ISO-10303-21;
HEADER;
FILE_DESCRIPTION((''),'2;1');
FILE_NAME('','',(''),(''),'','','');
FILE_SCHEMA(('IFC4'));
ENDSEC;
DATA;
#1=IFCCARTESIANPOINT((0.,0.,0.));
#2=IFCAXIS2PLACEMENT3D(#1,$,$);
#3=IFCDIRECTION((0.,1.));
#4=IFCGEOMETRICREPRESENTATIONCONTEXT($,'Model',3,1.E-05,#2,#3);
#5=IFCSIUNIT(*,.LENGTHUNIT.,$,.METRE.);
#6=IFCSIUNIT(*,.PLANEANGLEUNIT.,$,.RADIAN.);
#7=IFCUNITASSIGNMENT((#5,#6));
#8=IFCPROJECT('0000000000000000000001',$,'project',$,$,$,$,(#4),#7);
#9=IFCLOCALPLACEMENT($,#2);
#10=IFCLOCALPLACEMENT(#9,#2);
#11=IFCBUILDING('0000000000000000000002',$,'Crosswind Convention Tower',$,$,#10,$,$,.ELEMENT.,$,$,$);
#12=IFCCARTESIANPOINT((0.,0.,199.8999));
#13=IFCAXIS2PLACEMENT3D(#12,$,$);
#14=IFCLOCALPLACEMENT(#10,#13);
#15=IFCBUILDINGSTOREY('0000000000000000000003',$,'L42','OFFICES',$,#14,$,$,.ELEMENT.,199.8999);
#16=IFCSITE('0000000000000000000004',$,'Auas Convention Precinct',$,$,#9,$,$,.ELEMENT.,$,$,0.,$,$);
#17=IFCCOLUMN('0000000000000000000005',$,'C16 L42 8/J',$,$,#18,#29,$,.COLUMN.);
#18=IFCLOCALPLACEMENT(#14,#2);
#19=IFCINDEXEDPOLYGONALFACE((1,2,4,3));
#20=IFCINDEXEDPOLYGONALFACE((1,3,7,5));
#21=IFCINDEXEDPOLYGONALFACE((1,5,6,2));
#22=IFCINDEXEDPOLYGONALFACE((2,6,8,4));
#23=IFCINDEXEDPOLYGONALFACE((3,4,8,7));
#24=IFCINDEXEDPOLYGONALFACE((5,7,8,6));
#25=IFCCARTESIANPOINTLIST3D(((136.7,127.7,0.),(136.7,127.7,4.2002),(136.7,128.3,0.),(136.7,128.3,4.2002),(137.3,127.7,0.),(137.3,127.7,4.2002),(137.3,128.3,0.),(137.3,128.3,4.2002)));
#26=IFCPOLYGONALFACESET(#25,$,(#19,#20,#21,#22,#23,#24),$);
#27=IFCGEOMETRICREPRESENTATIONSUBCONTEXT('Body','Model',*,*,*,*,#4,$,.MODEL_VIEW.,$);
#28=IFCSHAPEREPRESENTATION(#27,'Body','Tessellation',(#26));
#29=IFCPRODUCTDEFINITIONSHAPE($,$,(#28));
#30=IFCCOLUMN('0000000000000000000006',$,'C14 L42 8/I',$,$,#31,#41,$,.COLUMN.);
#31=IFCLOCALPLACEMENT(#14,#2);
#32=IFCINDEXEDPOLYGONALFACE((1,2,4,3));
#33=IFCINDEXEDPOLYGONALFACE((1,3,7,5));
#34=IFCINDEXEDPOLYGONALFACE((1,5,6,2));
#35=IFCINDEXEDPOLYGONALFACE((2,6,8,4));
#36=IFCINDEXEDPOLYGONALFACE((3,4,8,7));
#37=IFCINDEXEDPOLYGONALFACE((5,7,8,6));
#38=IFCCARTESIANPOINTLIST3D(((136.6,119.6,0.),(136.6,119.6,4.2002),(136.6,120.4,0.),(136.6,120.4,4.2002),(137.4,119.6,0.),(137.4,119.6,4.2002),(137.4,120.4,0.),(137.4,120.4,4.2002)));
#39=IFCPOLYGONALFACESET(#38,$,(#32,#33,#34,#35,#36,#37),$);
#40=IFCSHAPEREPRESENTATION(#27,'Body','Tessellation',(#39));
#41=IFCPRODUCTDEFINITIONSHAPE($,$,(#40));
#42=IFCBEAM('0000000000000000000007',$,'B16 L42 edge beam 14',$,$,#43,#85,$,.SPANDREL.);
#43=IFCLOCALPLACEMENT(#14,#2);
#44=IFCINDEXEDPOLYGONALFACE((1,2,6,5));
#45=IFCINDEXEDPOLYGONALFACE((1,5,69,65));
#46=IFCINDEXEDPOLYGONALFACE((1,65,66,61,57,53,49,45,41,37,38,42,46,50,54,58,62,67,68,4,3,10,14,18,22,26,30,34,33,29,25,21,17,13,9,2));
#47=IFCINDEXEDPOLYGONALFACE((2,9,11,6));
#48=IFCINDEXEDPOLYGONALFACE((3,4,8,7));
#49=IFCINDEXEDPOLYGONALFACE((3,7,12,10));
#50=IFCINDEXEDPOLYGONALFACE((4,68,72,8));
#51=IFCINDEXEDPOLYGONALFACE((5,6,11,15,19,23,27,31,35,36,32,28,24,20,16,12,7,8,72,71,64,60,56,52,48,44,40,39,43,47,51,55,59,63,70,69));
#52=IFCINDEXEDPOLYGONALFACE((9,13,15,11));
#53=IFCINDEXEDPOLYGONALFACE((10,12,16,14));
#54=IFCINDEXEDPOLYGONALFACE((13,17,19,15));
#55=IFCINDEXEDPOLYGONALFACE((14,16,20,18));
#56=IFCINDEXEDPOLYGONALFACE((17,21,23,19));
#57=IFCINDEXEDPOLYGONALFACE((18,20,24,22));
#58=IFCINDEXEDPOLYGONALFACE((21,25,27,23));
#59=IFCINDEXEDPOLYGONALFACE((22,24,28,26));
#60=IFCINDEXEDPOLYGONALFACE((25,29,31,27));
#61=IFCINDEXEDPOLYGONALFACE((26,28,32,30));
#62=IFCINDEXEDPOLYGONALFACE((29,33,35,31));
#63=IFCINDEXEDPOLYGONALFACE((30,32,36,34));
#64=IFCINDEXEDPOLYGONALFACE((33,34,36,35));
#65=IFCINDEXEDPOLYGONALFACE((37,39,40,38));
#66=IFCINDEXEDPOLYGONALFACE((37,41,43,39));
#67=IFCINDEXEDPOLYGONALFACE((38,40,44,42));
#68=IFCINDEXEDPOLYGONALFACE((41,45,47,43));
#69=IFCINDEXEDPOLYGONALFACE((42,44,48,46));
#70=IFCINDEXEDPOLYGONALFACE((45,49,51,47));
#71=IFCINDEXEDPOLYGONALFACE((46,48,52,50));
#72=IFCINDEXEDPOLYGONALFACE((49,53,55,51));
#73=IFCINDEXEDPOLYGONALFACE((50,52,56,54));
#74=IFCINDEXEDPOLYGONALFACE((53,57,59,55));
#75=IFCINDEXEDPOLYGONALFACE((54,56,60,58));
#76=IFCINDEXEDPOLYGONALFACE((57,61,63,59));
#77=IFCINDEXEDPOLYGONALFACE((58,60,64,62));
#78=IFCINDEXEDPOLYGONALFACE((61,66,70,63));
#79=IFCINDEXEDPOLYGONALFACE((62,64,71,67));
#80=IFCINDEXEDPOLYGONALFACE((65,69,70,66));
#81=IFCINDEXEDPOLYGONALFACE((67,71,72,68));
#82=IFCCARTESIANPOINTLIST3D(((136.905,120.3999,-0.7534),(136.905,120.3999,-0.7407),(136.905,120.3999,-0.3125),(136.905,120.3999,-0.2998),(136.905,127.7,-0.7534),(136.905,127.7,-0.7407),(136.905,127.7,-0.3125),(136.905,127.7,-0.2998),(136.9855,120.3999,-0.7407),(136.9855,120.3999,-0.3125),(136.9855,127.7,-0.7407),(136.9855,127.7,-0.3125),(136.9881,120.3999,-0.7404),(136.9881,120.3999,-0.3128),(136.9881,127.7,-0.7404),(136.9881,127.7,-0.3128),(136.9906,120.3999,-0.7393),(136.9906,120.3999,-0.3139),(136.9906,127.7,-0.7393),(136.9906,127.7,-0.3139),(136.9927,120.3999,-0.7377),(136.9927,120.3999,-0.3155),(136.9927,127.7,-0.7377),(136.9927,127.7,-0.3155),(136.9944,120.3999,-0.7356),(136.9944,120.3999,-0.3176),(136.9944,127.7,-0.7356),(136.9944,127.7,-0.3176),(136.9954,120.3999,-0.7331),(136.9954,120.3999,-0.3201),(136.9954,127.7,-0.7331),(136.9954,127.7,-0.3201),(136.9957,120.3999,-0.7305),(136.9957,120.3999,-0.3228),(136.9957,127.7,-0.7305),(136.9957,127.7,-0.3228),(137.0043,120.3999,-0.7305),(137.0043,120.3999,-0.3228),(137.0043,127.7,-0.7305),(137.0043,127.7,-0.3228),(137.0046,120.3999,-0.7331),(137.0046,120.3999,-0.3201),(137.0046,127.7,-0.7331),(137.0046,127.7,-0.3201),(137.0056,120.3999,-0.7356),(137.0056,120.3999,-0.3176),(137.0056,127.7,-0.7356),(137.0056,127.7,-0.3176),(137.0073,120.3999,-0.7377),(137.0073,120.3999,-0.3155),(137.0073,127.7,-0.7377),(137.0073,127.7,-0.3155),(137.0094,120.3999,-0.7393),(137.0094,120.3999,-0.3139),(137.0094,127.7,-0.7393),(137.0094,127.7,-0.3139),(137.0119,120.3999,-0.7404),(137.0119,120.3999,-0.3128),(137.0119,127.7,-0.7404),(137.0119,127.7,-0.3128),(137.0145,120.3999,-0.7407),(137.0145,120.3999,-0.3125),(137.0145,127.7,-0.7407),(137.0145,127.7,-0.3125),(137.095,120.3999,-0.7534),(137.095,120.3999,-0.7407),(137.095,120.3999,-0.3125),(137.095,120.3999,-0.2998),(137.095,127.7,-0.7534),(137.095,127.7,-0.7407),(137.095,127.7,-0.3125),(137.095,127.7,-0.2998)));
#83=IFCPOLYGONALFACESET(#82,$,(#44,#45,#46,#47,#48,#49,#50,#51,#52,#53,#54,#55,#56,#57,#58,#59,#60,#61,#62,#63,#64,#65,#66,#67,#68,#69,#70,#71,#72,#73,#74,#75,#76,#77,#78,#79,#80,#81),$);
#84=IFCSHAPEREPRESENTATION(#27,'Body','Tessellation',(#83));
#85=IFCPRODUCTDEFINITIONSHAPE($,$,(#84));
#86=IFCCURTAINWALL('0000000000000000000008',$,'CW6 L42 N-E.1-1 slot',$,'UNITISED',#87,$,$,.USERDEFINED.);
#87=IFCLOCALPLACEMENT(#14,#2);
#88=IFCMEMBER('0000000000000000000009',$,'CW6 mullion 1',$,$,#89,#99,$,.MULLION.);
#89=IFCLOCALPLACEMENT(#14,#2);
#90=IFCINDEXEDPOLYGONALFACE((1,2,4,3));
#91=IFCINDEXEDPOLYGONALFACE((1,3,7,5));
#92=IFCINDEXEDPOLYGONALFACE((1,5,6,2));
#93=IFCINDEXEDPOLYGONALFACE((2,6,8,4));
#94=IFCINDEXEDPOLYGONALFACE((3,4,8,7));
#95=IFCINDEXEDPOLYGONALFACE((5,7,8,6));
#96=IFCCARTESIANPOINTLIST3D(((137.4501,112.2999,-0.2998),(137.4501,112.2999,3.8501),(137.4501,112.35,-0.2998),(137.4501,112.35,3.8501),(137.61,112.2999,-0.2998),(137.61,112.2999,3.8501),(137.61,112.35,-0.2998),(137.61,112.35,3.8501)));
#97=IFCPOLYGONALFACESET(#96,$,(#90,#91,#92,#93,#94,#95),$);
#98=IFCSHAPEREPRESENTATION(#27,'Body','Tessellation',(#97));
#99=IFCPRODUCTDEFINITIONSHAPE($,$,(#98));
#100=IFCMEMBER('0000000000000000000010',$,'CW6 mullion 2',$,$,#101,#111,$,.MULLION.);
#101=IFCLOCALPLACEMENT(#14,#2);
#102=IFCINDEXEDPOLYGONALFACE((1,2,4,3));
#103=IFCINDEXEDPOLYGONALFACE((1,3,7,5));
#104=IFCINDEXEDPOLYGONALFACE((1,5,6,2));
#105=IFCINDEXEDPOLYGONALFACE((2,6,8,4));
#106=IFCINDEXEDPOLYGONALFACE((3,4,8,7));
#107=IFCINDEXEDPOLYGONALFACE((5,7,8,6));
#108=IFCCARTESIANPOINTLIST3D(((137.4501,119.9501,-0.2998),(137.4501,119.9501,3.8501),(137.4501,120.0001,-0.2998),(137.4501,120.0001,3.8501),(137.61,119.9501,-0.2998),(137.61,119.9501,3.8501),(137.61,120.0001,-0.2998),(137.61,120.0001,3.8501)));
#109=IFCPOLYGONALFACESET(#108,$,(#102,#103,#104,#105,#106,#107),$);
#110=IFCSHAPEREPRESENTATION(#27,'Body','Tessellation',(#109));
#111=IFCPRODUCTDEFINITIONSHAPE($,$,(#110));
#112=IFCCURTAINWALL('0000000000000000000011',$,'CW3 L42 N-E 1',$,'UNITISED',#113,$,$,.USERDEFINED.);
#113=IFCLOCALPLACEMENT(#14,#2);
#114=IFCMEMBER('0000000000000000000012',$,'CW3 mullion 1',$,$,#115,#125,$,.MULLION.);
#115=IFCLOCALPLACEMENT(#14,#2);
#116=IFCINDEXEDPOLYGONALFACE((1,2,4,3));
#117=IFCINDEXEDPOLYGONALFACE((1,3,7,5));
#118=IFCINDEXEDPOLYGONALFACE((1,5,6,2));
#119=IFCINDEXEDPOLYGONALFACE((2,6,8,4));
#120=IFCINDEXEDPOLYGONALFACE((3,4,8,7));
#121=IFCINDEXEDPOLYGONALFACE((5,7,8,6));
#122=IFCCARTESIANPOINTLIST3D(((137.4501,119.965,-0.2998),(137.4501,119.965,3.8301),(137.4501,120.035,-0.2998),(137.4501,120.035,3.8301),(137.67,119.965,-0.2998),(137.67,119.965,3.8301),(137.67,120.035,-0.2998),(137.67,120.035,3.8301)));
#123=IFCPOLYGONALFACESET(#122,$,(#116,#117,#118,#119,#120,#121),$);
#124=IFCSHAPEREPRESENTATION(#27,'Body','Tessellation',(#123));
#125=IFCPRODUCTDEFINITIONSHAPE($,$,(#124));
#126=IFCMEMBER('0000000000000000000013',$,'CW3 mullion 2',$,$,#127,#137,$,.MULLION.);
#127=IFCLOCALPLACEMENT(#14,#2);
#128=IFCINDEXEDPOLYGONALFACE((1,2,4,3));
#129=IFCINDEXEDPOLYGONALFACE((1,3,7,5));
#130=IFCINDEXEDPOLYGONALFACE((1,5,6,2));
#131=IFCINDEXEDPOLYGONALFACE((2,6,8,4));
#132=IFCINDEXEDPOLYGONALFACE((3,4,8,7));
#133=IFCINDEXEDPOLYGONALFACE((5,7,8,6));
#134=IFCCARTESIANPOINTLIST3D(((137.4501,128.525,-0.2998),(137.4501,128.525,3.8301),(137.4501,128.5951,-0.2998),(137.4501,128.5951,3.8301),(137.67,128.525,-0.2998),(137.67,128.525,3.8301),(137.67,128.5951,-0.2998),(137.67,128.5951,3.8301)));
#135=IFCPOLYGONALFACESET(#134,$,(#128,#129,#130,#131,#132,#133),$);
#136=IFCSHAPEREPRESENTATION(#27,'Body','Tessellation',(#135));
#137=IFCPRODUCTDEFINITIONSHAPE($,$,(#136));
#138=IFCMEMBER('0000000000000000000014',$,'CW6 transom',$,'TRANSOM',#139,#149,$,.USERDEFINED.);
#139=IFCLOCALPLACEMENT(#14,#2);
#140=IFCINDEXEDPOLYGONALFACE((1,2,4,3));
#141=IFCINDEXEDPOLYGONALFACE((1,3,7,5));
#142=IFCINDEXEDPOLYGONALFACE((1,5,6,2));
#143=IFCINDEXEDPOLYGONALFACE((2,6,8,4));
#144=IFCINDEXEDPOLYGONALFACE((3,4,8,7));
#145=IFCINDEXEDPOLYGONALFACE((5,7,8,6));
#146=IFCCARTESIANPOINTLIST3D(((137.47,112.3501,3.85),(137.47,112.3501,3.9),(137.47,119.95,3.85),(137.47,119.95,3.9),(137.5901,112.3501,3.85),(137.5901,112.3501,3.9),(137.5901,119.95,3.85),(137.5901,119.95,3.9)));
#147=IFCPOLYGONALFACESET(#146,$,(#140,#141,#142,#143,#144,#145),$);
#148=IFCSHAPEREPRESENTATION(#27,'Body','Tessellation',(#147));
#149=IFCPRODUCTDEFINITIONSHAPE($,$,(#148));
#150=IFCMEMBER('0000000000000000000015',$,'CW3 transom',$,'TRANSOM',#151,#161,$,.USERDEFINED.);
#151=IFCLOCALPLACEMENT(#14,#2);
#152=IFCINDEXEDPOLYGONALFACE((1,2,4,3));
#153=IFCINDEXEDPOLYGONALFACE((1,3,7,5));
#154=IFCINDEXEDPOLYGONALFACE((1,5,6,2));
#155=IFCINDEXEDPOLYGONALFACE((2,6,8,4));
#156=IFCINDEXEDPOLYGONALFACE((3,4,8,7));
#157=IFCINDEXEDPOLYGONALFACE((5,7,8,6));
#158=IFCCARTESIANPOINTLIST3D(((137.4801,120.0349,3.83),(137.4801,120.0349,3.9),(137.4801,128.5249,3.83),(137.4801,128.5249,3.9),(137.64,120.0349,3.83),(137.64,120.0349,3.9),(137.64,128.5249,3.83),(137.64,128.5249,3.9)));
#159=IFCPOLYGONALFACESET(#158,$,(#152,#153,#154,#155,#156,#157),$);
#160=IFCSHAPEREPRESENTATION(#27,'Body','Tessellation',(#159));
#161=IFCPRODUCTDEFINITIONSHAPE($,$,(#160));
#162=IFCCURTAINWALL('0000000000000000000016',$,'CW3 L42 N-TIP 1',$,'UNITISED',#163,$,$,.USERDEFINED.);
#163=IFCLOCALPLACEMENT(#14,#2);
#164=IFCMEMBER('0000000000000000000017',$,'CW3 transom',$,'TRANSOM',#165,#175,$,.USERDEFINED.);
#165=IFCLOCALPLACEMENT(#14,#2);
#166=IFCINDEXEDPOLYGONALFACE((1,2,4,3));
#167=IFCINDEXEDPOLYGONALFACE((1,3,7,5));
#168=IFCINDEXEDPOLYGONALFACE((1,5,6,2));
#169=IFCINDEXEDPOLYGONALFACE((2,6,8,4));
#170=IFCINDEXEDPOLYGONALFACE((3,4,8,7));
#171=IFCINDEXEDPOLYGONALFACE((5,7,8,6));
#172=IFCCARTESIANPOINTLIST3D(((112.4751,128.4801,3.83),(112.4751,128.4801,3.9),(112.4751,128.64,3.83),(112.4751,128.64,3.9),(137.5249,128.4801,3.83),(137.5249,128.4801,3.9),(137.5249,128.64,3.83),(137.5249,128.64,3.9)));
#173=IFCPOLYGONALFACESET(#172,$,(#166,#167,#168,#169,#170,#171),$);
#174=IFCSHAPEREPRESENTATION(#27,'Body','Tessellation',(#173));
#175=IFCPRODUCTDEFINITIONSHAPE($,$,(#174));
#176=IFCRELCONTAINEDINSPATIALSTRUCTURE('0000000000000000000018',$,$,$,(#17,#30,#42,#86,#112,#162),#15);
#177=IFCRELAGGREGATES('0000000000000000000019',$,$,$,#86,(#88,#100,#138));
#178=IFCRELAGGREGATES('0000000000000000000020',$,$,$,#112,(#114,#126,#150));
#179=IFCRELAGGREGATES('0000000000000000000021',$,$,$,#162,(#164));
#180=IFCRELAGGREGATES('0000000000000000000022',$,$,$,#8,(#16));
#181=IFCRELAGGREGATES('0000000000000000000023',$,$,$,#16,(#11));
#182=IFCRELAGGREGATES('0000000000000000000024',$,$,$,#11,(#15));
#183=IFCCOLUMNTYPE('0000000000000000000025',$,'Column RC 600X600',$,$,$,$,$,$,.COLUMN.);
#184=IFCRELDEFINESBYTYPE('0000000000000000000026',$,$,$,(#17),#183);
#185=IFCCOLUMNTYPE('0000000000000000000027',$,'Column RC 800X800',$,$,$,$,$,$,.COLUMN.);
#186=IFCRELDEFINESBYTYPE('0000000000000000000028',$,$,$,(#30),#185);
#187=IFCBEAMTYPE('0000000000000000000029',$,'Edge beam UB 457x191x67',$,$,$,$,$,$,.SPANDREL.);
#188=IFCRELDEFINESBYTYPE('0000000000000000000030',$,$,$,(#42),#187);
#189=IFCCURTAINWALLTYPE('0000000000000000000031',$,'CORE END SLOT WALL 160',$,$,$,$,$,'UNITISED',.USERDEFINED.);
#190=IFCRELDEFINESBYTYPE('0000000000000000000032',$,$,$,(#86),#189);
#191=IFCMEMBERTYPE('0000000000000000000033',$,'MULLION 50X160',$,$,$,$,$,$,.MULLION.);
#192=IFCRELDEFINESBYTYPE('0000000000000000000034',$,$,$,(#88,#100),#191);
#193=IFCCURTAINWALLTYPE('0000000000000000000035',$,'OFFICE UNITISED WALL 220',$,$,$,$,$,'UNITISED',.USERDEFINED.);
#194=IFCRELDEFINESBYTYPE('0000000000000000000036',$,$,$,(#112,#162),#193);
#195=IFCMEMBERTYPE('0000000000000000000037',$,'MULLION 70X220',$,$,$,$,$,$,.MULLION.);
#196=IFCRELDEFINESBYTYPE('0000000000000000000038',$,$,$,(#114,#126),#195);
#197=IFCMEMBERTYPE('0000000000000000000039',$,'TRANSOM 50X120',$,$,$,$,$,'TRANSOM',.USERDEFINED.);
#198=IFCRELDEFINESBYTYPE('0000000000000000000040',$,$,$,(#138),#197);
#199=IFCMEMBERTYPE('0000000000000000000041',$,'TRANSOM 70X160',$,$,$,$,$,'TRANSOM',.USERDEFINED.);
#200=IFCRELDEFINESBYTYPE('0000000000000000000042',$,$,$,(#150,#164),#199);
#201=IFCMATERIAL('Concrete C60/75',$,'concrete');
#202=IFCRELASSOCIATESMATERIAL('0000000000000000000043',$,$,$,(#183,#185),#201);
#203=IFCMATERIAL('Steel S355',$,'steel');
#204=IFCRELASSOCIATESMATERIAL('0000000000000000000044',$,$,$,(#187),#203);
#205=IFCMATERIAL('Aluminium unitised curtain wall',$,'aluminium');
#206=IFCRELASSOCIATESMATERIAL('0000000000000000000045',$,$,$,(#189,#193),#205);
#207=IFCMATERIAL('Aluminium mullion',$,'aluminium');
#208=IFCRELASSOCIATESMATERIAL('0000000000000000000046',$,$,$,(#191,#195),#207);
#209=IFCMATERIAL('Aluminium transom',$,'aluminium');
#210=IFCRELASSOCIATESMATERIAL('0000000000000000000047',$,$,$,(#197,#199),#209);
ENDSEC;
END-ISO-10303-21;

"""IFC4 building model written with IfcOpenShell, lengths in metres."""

from ifc_helpers import new_model, si_unit, direction, frame, origin, origin_2d, place, context, subcontext, project, spatial, rectangle, i_section, extrude, material, material_profile, profile_set, type_object, element, aggregate, save


model = new_model("IFC4")

# Units and contexts
model_context = context("Model", 3, precision=1e-05, world=origin(), true_north=direction((0.0, 1.0)))
body_context = subcontext(model_context, "Body", "Model", "MODEL_VIEW")
ifc_project = project(units=[si_unit("LENGTHUNIT", "METRE"), si_unit("PLANEANGLEUNIT", "RADIAN")], contexts=[model_context])

# Site, building, storey
site_placement = place(None, origin())
site = spatial("IfcSite", under=ifc_project, at=site_placement, Name="Auas Convention Precinct", CompositionType="ELEMENT", RefElevation=0.0)
building_placement = place(site_placement, origin())
building = spatial("IfcBuilding", under=site, at=building_placement, Name="Crosswind Convention Tower", CompositionType="ELEMENT")
storey_placement = place(building_placement, frame((0.0, 0.0, 199.8999)))
storey = spatial("IfcBuildingStorey", under=building, at=storey_placement, Name="L42", Description="OFFICES", CompositionType="ELEMENT", Elevation=199.8999)

# Columns
ifc_material_1 = material(Name="Concrete C60/75", Category="concrete")
ifc_material_profile_1 = material_profile(ifc_material_1, rectangle(XDim=0.6001, YDim=0.6001, at=origin_2d()), Name="RC 600X600")
ifc_profile_set_1 = profile_set([ifc_material_profile_1], Name="Concrete C60/75")
column_type_1 = type_object("IfcColumnType", Name="Column RC 600X600", PredefinedType="COLUMN", material=ifc_profile_set_1)
column_1_placement = place(storey_placement, frame((137.0, 128.0, 0.0), z_axis=(0.0, 0.0, 1.0), x_axis=(1.0, 0.0, 0.0)))
element("IfcColumn", 1, at=column_1_placement, inside=storey, type_object=column_type_1, Name="C16 L42 8/J", PredefinedType="COLUMN", context=body_context, shape_type="SweptSolid", body=[
    extrude(rectangle(XDim=0.6001, YDim=0.6001, at=origin_2d()), origin(), (0.0, 0.0, 1.0), 4.2002),
])
ifc_material_profile_2 = material_profile(ifc_material_1, rectangle(XDim=0.8, YDim=0.8, at=origin_2d()), Name="RC 800X800")
ifc_profile_set_2 = profile_set([ifc_material_profile_2], Name="Concrete C60/75")
column_type_2 = type_object("IfcColumnType", Name="Column RC 800X800", PredefinedType="COLUMN", material=ifc_profile_set_2)
column_2_placement = place(storey_placement, frame((137.0, 120.0, 0.0), z_axis=(0.0, 0.0, 1.0), x_axis=(1.0, 0.0, 0.0)))
element("IfcColumn", 2, at=column_2_placement, inside=storey, type_object=column_type_2, Name="C14 L42 8/I", PredefinedType="COLUMN", context=body_context, shape_type="SweptSolid", body=[
    extrude(rectangle(XDim=0.8, YDim=0.8, at=origin_2d()), origin(), (0.0, 0.0, 1.0), 4.2002),
])

# Beam
ifc_material_2 = material(Name="Steel S355", Category="steel")
ifc_material_profile_3 = material_profile(ifc_material_2, i_section(OverallWidth=0.1899, OverallDepth=0.4536, WebThickness=0.0085, FlangeThickness=0.0127, FilletRadius=0.0103, at=origin_2d()), Name="UB 457x191x67")
ifc_profile_set_3 = profile_set([ifc_material_profile_3], Name="Steel S355")
beam_type = type_object("IfcBeamType", Name="Edge beam UB 457x191x67", PredefinedType="SPANDREL", material=ifc_profile_set_3)
beam_placement = place(storey_placement, frame((137.0, 120.3999, -0.5266), z_axis=(0.0, 1.0, 0.0), x_axis=(-1.0, 0.0, 0.0)))
element("IfcBeam", 3, at=beam_placement, inside=storey, type_object=beam_type, Name="B16 L42 edge beam 14", PredefinedType="SPANDREL", context=body_context, shape_type="SweptSolid", body=[
    extrude(i_section(OverallWidth=0.1899, OverallDepth=0.4536, WebThickness=0.0085, FlangeThickness=0.0127, FilletRadius=0.0103, at=origin_2d()), origin(), (0.0, 0.0, 1.0), 7.3),
])

# Curtain walls, members
ifc_material_3 = material(Name="Aluminium unitised curtain wall", Category="aluminium")
curtain_wall_type_1 = type_object("IfcCurtainWallType", Name="CORE END SLOT WALL 160", ElementType="UNITISED", PredefinedType="USERDEFINED", material=ifc_material_3)
curtain_wall_1_placement = place(storey_placement, origin())
curtain_wall_1 = element("IfcCurtainWall", 4, at=curtain_wall_1_placement, inside=storey, type_object=curtain_wall_type_1, Name="CW6 L42 N-E.1-1 slot", ObjectType="UNITISED", PredefinedType="USERDEFINED")
ifc_material_4 = material(Name="Aluminium mullion", Category="aluminium")
ifc_material_profile_4 = material_profile(ifc_material_4, rectangle(XDim=0.1599, YDim=0.05, at=origin_2d()), Name="AL 160X50")
ifc_profile_set_4 = profile_set([ifc_material_profile_4], Name="Aluminium mullion")
member_type_1 = type_object("IfcMemberType", Name="MULLION 50X160", PredefinedType="MULLION", material=ifc_profile_set_4)
member_1_placement = place(storey_placement, frame((137.53, 112.325, -0.2998), z_axis=(0.0, 0.0, 1.0), x_axis=(1.0, 0.0, 0.0)))
member_1 = element("IfcMember", 5, at=member_1_placement, type_object=member_type_1, Name="CW6 mullion 1", PredefinedType="MULLION", context=body_context, shape_type="SweptSolid", body=[
    extrude(rectangle(XDim=0.1599, YDim=0.05, at=origin_2d()), origin(), (0.0, 0.0, 1.0), 4.1499),
])
member_2_placement = place(storey_placement, frame((137.53, 119.9751, -0.2998), z_axis=(0.0, 0.0, 1.0), x_axis=(1.0, 0.0, 0.0)))
member_2 = element("IfcMember", 6, at=member_2_placement, type_object=member_type_1, Name="CW6 mullion 2", PredefinedType="MULLION", context=body_context, shape_type="SweptSolid", body=[
    extrude(rectangle(XDim=0.1599, YDim=0.05, at=origin_2d()), origin(), (0.0, 0.0, 1.0), 4.1499),
])
curtain_wall_type_2 = type_object("IfcCurtainWallType", Name="OFFICE UNITISED WALL 220", ElementType="UNITISED", PredefinedType="USERDEFINED", material=ifc_material_3)
curtain_wall_2_placement = place(storey_placement, origin())
curtain_wall_2 = element("IfcCurtainWall", 7, at=curtain_wall_2_placement, inside=storey, type_object=curtain_wall_type_2, Name="CW3 L42 N-E 1", ObjectType="UNITISED", PredefinedType="USERDEFINED")
ifc_material_profile_5 = material_profile(ifc_material_4, rectangle(XDim=0.22, YDim=0.0701, at=origin_2d()), Name="AL 220X70")
ifc_profile_set_5 = profile_set([ifc_material_profile_5], Name="Aluminium mullion")
member_type_2 = type_object("IfcMemberType", Name="MULLION 70X220", PredefinedType="MULLION", material=ifc_profile_set_5)
member_3_placement = place(storey_placement, frame((137.5601, 120.0, -0.2998), z_axis=(0.0, 0.0, 1.0), x_axis=(1.0, 0.0, 0.0)))
member_3 = element("IfcMember", 8, at=member_3_placement, type_object=member_type_2, Name="CW3 mullion 1", PredefinedType="MULLION", context=body_context, shape_type="SweptSolid", body=[
    extrude(rectangle(XDim=0.22, YDim=0.0701, at=origin_2d()), origin(), (0.0, 0.0, 1.0), 4.1299),
])
member_4_placement = place(storey_placement, frame((137.5601, 128.5601, -0.2998), z_axis=(0.0, 0.0, 1.0), x_axis=(1.0, 0.0, 0.0)))
member_4 = element("IfcMember", 9, at=member_4_placement, type_object=member_type_2, Name="CW3 mullion 2", PredefinedType="MULLION", context=body_context, shape_type="SweptSolid", body=[
    extrude(rectangle(XDim=0.22, YDim=0.0701, at=origin_2d()), origin(), (0.0, 0.0, 1.0), 4.1299),
])

# Members
ifc_material_5 = material(Name="Aluminium transom", Category="aluminium")
ifc_material_profile_6 = material_profile(ifc_material_5, rectangle(XDim=0.1201, YDim=0.05, at=origin_2d()), Name="AL 120X50")
ifc_profile_set_6 = profile_set([ifc_material_profile_6], Name="Aluminium transom")
member_type_3 = type_object("IfcMemberType", Name="TRANSOM 50X120", ElementType="TRANSOM", PredefinedType="USERDEFINED", material=ifc_profile_set_6)
member_5_placement = place(storey_placement, frame((137.53, 112.3501, 3.875), z_axis=(0.0, 1.0, 0.0), x_axis=(-1.0, 0.0, 0.0)))
member_5 = element("IfcMember", 10, at=member_5_placement, type_object=member_type_3, Name="CW6 transom", ObjectType="TRANSOM", PredefinedType="USERDEFINED", context=body_context, shape_type="SweptSolid", body=[
    extrude(rectangle(XDim=0.1201, YDim=0.05, at=origin_2d()), origin(), (0.0, 0.0, 1.0), 7.5999),
])
ifc_material_profile_7 = material_profile(ifc_material_5, rectangle(XDim=0.1599, YDim=0.0701, at=origin_2d()), Name="AL 160X70")
ifc_profile_set_7 = profile_set([ifc_material_profile_7], Name="Aluminium transom")
member_type_4 = type_object("IfcMemberType", Name="TRANSOM 70X160", ElementType="TRANSOM", PredefinedType="USERDEFINED", material=ifc_profile_set_7)
member_6_placement = place(storey_placement, frame((137.5601, 120.0349, 3.865), z_axis=(0.0, 1.0, 0.0), x_axis=(-1.0, 0.0, 0.0)))
member_6 = element("IfcMember", 11, at=member_6_placement, type_object=member_type_4, Name="CW3 transom", ObjectType="TRANSOM", PredefinedType="USERDEFINED", context=body_context, shape_type="SweptSolid", body=[
    extrude(rectangle(XDim=0.1599, YDim=0.0701, at=origin_2d()), origin(), (0.0, 0.0, 1.0), 8.49),
])

# Curtain wall, member
curtain_wall_3_placement = place(storey_placement, origin())
curtain_wall_3 = element("IfcCurtainWall", 12, at=curtain_wall_3_placement, inside=storey, type_object=curtain_wall_type_2, Name="CW3 L42 N-TIP 1", ObjectType="UNITISED", PredefinedType="USERDEFINED")
member_7_placement = place(storey_placement, frame((137.5249, 128.5601, 3.865), z_axis=(-1.0, 0.0, 0.0), x_axis=(0.0, -1.0, 0.0)))
member_7 = element("IfcMember", 13, at=member_7_placement, type_object=member_type_4, Name="CW3 transom", ObjectType="TRANSOM", PredefinedType="USERDEFINED", context=body_context, shape_type="SweptSolid", body=[
    extrude(rectangle(XDim=0.1599, YDim=0.0701, at=origin_2d()), origin(), (0.0, 0.0, 1.0), 25.0498),
])

aggregate(curtain_wall_1, [member_1, member_2, member_5])

aggregate(curtain_wall_2, [member_3, member_4, member_6])
aggregate(curtain_wall_3, [member_7])

save(model, "model.ifc")
